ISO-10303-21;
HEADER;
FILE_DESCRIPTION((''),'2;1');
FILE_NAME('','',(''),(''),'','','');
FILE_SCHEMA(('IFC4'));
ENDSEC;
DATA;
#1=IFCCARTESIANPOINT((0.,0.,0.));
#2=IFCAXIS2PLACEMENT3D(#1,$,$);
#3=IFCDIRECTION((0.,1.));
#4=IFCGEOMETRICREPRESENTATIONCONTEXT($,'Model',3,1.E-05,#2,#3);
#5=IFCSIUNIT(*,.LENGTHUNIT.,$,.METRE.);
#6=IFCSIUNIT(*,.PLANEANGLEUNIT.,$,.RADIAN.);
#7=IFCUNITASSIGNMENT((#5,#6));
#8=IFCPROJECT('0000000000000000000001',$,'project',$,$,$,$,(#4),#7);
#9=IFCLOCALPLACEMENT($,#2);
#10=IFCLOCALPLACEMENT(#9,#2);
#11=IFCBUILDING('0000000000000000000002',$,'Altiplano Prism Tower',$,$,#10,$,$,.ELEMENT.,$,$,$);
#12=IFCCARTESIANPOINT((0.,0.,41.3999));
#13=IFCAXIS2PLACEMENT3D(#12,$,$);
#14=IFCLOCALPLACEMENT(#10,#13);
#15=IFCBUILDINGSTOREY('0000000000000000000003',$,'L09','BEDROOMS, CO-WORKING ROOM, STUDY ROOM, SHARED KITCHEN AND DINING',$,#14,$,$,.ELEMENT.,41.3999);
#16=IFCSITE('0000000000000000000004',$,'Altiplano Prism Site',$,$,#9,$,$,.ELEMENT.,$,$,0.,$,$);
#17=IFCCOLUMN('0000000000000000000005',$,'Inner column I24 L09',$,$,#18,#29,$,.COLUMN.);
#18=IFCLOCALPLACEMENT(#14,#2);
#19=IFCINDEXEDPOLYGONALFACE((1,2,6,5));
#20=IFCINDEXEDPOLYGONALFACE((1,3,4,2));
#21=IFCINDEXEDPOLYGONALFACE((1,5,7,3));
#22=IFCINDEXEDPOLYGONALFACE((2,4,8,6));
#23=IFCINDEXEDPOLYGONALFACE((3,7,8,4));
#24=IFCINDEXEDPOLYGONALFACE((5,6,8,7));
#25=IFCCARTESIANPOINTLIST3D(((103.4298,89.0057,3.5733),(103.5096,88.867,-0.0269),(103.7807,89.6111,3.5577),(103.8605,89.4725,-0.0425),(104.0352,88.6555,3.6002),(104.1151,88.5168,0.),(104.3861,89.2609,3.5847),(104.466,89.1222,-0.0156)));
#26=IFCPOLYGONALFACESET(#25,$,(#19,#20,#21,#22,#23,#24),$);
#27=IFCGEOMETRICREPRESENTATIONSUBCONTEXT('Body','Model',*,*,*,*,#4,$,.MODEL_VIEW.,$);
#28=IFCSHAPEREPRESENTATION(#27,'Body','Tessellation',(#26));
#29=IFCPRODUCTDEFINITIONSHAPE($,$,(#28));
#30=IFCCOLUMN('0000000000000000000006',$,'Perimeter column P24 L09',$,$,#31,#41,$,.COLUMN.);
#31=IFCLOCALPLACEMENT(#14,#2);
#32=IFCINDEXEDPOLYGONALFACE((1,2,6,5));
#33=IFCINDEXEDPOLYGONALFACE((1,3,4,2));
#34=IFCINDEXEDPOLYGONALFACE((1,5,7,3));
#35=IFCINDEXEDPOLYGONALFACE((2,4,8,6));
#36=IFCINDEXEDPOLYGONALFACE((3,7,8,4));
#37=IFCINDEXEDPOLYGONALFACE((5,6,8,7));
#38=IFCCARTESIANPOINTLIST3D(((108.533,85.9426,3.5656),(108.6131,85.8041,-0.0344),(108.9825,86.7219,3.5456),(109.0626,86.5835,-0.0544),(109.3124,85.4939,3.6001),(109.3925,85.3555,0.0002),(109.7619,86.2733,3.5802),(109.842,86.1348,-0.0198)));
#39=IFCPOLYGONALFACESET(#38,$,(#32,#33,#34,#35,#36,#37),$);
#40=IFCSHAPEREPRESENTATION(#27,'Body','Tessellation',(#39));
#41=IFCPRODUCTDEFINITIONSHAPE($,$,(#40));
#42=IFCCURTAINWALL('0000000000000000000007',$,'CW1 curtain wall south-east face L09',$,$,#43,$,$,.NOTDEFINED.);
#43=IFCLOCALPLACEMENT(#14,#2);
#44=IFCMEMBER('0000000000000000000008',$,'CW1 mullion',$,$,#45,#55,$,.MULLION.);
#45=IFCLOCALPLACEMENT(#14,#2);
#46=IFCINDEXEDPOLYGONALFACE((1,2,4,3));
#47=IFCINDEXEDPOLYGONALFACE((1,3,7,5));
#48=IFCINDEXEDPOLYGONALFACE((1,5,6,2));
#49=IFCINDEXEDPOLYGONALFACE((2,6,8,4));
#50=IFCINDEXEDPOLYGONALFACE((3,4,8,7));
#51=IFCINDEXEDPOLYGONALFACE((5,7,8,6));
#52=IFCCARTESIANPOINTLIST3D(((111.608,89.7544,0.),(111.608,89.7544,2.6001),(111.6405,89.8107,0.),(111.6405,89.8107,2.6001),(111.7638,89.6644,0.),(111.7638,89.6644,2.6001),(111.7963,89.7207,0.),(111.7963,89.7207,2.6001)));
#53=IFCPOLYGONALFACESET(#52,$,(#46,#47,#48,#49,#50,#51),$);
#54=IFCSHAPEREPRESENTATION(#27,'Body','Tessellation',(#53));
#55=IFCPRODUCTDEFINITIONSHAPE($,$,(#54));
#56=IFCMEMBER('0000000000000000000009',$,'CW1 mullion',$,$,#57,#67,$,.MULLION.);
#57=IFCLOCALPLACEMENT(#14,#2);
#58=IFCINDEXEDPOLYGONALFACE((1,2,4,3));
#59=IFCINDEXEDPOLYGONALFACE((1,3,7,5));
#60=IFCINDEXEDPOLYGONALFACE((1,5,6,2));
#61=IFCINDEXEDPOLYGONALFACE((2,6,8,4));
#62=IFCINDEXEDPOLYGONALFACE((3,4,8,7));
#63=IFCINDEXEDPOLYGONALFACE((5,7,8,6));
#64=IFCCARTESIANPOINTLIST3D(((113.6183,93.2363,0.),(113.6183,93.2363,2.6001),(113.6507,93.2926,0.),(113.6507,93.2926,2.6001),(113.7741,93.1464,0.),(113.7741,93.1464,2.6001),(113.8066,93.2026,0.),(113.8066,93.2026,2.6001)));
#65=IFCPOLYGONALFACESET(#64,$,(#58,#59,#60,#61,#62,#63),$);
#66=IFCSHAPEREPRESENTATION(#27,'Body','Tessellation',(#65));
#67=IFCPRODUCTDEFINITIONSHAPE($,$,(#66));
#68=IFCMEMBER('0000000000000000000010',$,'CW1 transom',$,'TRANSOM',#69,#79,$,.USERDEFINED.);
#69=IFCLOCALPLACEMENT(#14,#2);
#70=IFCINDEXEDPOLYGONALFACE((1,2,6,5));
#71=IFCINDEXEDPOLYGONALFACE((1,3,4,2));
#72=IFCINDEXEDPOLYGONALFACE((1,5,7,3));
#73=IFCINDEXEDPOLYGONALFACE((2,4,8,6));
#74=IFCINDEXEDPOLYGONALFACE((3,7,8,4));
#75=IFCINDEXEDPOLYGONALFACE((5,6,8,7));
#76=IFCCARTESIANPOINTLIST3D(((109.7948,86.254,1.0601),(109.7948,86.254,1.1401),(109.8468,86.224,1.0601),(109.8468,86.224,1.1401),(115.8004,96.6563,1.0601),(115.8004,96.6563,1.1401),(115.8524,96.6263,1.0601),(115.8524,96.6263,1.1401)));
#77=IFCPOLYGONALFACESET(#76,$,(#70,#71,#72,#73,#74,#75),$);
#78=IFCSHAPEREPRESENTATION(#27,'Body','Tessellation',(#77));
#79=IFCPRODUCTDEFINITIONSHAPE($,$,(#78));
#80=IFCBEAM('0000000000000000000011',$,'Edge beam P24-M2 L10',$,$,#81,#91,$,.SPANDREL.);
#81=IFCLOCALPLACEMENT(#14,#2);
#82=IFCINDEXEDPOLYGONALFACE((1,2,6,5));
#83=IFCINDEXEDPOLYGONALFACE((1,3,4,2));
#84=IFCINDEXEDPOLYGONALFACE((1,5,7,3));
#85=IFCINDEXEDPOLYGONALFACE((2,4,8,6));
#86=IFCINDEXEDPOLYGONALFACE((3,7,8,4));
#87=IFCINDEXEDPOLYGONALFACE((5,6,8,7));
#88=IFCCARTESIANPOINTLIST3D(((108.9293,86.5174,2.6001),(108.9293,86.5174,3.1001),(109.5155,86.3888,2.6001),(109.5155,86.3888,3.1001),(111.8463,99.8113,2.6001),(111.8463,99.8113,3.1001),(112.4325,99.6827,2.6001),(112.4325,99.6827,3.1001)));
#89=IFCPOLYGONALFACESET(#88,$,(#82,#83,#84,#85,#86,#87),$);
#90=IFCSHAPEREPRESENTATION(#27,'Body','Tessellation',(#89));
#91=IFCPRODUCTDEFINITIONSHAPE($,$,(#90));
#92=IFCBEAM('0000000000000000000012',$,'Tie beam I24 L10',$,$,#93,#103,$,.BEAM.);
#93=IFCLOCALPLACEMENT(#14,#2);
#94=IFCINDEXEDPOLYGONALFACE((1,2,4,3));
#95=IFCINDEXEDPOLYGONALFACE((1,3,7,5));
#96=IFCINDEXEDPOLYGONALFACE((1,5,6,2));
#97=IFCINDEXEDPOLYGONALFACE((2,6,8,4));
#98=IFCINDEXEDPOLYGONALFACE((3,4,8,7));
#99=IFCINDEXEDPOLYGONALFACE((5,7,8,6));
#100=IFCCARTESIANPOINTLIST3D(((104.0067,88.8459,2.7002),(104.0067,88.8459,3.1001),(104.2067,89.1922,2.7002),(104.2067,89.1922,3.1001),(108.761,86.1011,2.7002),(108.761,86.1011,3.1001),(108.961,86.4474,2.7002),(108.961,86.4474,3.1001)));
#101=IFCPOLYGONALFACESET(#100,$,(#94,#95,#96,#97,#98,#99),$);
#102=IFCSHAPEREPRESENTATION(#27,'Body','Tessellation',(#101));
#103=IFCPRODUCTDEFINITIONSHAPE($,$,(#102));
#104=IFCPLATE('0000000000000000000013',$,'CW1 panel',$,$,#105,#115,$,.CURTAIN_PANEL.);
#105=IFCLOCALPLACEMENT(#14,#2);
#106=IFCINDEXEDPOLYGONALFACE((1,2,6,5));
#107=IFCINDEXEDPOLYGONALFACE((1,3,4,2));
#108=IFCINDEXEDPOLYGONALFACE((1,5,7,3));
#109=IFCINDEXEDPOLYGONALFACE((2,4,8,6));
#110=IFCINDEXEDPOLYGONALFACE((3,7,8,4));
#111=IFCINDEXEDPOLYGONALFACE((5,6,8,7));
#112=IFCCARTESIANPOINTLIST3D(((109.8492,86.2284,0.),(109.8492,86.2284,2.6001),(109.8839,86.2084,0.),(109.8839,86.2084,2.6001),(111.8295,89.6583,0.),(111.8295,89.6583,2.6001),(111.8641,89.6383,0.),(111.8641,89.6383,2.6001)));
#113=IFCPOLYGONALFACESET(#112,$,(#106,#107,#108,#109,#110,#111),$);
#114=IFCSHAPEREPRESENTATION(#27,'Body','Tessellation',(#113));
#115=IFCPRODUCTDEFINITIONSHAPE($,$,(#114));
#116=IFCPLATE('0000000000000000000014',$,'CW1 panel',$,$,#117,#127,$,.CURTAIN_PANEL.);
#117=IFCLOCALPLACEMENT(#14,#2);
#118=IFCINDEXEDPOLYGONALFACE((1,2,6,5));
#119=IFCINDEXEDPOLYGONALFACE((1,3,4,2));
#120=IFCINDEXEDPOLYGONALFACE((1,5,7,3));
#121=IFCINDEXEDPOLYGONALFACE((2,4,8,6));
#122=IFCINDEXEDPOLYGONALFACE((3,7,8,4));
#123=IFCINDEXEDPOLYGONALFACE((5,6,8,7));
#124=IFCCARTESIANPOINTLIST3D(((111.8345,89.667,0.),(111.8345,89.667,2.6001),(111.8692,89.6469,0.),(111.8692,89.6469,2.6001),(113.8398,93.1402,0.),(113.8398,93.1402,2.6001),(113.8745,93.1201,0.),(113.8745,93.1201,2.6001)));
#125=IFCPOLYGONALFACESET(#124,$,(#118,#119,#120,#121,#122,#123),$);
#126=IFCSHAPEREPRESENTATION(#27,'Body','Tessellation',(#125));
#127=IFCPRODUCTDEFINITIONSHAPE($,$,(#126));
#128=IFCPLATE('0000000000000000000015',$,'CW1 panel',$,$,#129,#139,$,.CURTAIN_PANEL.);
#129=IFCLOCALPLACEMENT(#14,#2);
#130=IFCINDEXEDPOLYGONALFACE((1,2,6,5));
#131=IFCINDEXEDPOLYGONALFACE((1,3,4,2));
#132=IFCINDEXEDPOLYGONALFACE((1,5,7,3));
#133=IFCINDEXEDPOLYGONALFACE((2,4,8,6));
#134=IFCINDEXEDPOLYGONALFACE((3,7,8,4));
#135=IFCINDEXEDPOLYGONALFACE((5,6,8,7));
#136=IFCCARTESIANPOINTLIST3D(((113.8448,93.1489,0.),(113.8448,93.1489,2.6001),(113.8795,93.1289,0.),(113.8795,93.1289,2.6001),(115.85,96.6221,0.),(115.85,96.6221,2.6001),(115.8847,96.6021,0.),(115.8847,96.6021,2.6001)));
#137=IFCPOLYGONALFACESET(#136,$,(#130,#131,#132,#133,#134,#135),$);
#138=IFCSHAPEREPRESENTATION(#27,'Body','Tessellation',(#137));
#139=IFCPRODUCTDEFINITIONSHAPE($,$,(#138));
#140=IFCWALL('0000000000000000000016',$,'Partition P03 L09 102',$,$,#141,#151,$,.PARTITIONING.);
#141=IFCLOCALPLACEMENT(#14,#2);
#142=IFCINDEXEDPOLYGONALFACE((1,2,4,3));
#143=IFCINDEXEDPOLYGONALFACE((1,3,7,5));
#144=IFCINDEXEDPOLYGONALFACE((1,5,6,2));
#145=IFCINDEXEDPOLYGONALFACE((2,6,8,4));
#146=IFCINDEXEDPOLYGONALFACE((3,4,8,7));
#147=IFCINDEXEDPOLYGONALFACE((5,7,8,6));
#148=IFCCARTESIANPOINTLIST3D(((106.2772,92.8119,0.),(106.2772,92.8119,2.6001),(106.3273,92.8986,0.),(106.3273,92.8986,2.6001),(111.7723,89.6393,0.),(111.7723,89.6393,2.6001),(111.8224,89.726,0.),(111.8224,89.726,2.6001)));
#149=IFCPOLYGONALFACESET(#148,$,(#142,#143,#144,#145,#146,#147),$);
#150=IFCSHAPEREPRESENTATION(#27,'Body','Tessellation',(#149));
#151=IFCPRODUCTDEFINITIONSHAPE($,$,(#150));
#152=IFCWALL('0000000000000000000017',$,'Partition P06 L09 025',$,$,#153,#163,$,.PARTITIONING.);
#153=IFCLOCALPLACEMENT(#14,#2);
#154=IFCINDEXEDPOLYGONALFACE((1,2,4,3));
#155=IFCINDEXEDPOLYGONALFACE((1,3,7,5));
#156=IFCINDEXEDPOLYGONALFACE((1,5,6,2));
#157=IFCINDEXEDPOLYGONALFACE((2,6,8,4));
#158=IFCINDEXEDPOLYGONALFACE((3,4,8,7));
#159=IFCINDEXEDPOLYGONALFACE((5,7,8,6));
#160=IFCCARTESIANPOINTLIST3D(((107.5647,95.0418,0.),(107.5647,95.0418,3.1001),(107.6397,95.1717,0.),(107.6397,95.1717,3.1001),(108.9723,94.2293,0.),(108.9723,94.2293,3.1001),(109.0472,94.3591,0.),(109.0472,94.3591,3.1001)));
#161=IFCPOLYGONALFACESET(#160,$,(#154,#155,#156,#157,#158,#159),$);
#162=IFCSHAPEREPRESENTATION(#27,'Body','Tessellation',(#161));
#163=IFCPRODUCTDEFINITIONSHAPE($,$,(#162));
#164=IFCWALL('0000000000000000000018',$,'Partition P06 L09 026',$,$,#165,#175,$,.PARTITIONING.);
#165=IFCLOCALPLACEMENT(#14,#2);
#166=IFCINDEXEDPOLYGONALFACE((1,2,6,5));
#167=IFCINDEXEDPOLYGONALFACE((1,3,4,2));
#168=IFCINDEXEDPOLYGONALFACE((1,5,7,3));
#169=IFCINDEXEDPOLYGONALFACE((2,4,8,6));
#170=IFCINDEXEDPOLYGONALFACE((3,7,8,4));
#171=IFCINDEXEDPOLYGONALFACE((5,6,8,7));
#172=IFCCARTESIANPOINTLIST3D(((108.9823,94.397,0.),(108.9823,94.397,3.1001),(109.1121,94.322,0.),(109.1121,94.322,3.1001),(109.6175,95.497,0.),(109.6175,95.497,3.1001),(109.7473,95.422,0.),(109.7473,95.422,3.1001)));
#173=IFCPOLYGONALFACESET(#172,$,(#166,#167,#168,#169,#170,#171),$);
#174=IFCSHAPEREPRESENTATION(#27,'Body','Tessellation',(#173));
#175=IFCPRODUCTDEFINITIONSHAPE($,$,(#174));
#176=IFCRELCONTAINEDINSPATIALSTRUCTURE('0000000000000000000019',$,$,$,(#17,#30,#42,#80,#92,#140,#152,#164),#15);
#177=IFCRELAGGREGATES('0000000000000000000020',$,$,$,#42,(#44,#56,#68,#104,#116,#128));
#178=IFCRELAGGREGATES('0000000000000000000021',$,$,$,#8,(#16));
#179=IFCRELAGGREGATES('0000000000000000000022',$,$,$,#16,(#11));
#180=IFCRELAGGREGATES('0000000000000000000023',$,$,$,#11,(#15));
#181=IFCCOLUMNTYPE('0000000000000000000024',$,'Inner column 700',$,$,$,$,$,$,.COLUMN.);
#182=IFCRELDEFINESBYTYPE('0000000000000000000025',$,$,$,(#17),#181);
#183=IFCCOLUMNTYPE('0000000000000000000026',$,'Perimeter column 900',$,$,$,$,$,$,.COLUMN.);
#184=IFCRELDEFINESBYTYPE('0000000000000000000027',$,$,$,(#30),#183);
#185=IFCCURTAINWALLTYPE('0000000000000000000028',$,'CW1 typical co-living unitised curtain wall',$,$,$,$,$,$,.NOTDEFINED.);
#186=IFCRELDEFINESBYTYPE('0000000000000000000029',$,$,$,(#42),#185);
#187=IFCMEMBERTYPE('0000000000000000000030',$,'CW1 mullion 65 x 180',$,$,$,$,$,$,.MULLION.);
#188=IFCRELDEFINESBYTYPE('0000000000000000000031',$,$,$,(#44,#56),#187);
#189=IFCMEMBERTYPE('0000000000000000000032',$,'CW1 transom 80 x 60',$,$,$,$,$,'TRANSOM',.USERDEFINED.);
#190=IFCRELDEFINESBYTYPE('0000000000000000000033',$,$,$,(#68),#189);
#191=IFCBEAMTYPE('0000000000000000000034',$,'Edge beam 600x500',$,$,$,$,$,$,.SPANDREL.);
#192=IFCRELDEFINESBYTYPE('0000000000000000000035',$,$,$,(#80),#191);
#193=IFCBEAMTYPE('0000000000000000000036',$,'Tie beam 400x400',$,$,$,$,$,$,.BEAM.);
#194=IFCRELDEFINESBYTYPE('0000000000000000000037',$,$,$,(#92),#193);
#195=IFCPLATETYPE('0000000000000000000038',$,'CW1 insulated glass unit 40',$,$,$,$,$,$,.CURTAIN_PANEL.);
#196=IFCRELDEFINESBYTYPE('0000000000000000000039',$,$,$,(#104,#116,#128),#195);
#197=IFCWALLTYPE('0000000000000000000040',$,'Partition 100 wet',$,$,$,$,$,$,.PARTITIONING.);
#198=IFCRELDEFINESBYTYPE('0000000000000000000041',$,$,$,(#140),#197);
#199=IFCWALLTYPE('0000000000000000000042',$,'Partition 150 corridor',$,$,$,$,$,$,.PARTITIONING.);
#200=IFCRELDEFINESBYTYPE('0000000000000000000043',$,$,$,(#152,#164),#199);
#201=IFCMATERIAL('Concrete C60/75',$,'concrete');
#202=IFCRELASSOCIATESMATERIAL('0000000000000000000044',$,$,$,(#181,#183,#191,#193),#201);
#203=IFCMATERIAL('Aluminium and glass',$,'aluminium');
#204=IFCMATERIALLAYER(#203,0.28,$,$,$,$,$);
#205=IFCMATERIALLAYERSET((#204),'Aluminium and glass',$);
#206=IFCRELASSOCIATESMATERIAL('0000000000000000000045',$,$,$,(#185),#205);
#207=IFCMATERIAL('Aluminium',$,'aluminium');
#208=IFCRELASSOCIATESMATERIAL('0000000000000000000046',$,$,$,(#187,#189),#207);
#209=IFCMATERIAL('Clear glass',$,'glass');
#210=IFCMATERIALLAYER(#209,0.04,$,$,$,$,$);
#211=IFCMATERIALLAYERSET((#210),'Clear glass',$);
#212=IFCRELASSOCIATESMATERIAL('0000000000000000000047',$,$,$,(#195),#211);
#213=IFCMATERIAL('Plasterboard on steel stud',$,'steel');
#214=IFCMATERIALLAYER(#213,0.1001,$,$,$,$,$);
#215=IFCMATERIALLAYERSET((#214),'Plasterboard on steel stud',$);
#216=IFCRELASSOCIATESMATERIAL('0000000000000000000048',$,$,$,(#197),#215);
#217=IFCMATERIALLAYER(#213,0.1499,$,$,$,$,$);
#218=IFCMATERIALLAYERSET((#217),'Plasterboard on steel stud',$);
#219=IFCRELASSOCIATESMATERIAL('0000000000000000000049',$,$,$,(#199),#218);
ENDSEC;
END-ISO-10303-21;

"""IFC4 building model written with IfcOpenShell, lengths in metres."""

from ifc_helpers import new_model, si_unit, direction, frame, frame_2d, origin, origin_2d, place, context, subcontext, project, spatial, rectangle, extrude, material, layer, layer_set, material_profile, profile_set, type_object, element, aggregate, save


model = new_model("IFC4")

# Units and contexts
model_context = context("Model", 3, precision=1e-05, world=origin(), true_north=direction((0.0, 1.0)))
body_context = subcontext(model_context, "Body", "Model", "MODEL_VIEW")
ifc_project = project(units=[si_unit("LENGTHUNIT", "METRE"), si_unit("PLANEANGLEUNIT", "RADIAN")], contexts=[model_context])

# Site, building, storey
site_placement = place(None, origin())
site = spatial("IfcSite", under=ifc_project, at=site_placement, Name="Altiplano Prism Site", CompositionType="ELEMENT", RefElevation=0.0)
building_placement = place(site_placement, origin())
building = spatial("IfcBuilding", under=site, at=building_placement, Name="Altiplano Prism Tower", CompositionType="ELEMENT")
storey_placement = place(building_placement, frame((0.0, 0.0, 41.3999)))
storey = spatial("IfcBuildingStorey", under=building, at=storey_placement, Name="L09", Description="BEDROOMS, CO-WORKING ROOM, STUDY ROOM, SHARED KITCHEN AND DINING", CompositionType="ELEMENT", Elevation=41.3999)

# Columns
ifc_material_1 = material(Name="Concrete C60/75", Category="concrete")
ifc_material_profile_1 = material_profile(ifc_material_1, rectangle(XDim=0.7, YDim=0.7, at=origin_2d()), Name="Inner column 700")
ifc_profile_set_1 = profile_set([ifc_material_profile_1], Name="Concrete C60/75")
column_type_1 = type_object("IfcColumnType", Name="Inner column 700", PredefinedType="COLUMN", material=ifc_profile_set_1)
column_1_placement = place(storey_placement, frame((103.9878, 88.9946, -0.0212), z_axis=(-0.022154, 0.038481, 0.999014), x_axis=(-0.501313, -0.864981, 0.022201)))
element("IfcColumn", 1, at=column_1_placement, inside=storey, type_object=column_type_1, Name="Inner column I24 L09", PredefinedType="COLUMN", context=body_context, shape_type="SweptSolid", body=[
    extrude(rectangle(XDim=0.7, YDim=0.7, at=origin_2d()), origin(), (0.0, 0.0, 1.0), 3.6038),
])
ifc_material_profile_2 = material_profile(ifc_material_1, rectangle(XDim=0.8999, YDim=0.8999, at=origin_2d()), Name="Perimeter column 900")
ifc_profile_set_2 = profile_set([ifc_material_profile_2], Name="Concrete C60/75")
column_type_2 = type_object("IfcColumnType", Name="Perimeter column 900", PredefinedType="COLUMN", material=ifc_profile_set_2)
column_2_placement = place(storey_placement, frame((109.2275, 85.9695, -0.0271), z_axis=(-0.022223, 0.038416, 0.999015), x_axis=(-0.499508, -0.866025, 0.02219)))
element("IfcColumn", 2, at=column_2_placement, inside=storey, type_object=column_type_2, Name="Perimeter column P24 L09", PredefinedType="COLUMN", context=body_context, shape_type="SweptSolid", body=[
    extrude(rectangle(XDim=0.8999, YDim=0.8999, at=origin_2d()), origin(), (0.0, 0.0, 1.0), 3.6035),
])

# Curtain wall, members
ifc_material_2 = material(Name="Aluminium and glass", Category="aluminium")
ifc_layer_1 = layer(ifc_material_2, 0.28)
ifc_layer_set_1 = layer_set([ifc_layer_1], Name="Aluminium and glass")
curtain_wall_type = type_object("IfcCurtainWallType", Name="CW1 typical co-living unitised curtain wall", PredefinedType="NOTDEFINED", material=ifc_layer_set_1)
curtain_wall_placement = place(storey_placement, origin())
curtain_wall = element("IfcCurtainWall", 3, at=curtain_wall_placement, inside=storey, type_object=curtain_wall_type, Name="CW1 curtain wall south-east face L09", PredefinedType="NOTDEFINED")
ifc_material_3 = material(Name="Aluminium", Category="aluminium")
ifc_material_profile_3 = material_profile(ifc_material_3, rectangle(XDim=0.1799, YDim=0.0649, at=origin_2d()), Name="CW1 mullion 65 x 180")
ifc_profile_set_3 = profile_set([ifc_material_profile_3], Name="Aluminium")
member_type_1 = type_object("IfcMemberType", Name="CW1 mullion 65 x 180", PredefinedType="MULLION", material=ifc_profile_set_3)
member_1_placement = place(storey_placement, frame((111.7021, 89.7375, 0.0), z_axis=(0.0, 0.0, 1.0), x_axis=(-0.866025, 0.5, 0.0)))
member_1 = element("IfcMember", 4, at=member_1_placement, type_object=member_type_1, Name="CW1 mullion", PredefinedType="MULLION", context=body_context, shape_type="SweptSolid", body=[
    extrude(rectangle(XDim=0.1799, YDim=0.0649, at=origin_2d()), origin(), (0.0, 0.0, 1.0), 2.6001),
])
member_2_placement = place(storey_placement, frame((113.7124, 93.2195, 0.0), z_axis=(0.0, 0.0, 1.0), x_axis=(-0.866025, 0.5, 0.0)))
member_2 = element("IfcMember", 5, at=member_2_placement, type_object=member_type_1, Name="CW1 mullion", PredefinedType="MULLION", context=body_context, shape_type="SweptSolid", body=[
    extrude(rectangle(XDim=0.1799, YDim=0.0649, at=origin_2d()), origin(), (0.0, 0.0, 1.0), 2.6001),
])
ifc_material_profile_4 = material_profile(ifc_material_3, rectangle(XDim=0.0601, YDim=0.0801, at=origin_2d()), Name="CW1 transom 80 x 60")
ifc_profile_set_4 = profile_set([ifc_material_profile_4], Name="Aluminium")
member_type_2 = type_object("IfcMemberType", Name="CW1 transom 80 x 60", ElementType="TRANSOM", PredefinedType="USERDEFINED", material=ifc_profile_set_4)
member_3_placement = place(storey_placement, frame((109.8208, 86.239, 1.1001), z_axis=(0.499989, 0.866032, 0.0), x_axis=(-0.866032, 0.499989, 0.0)))
member_3 = element("IfcMember", 6, at=member_3_placement, type_object=member_type_2, Name="CW1 transom", ObjectType="TRANSOM", PredefinedType="USERDEFINED", context=body_context, shape_type="SweptSolid", body=[
    extrude(rectangle(XDim=0.0601, YDim=0.0801, at=origin_2d()), origin(), (0.0, 0.0, 1.0), 12.0115),
])

# Beams
ifc_material_profile_5 = material_profile(ifc_material_1, rectangle(XDim=0.6001, YDim=0.5, at=origin_2d()), Name="Edge beam 600x500")
ifc_profile_set_5 = profile_set([ifc_material_profile_5], Name="Concrete C60/75")
beam_type_1 = type_object("IfcBeamType", Name="Edge beam 600x500", PredefinedType="SPANDREL", material=ifc_profile_set_5)
beam_1_placement = place(storey_placement, frame((109.2224, 86.4531, 2.8501), z_axis=(0.214324, 0.976763, 0.0), x_axis=(-0.976763, 0.214324, 0.0)))
element("IfcBeam", 7, at=beam_1_placement, inside=storey, type_object=beam_type_1, Name="Edge beam P24-M2 L10", PredefinedType="SPANDREL", context=body_context, shape_type="SweptSolid", body=[
    extrude(rectangle(XDim=0.6001, YDim=0.5, at=origin_2d()), origin(), (0.0, 0.0, 1.0), 13.6101),
])
ifc_material_profile_6 = material_profile(ifc_material_1, rectangle(XDim=0.3999, YDim=0.3999, at=origin_2d()), Name="Tie beam 400x400")
ifc_profile_set_6 = profile_set([ifc_material_profile_6], Name="Concrete C60/75")
beam_type_2 = type_object("IfcBeamType", Name="Tie beam 400x400", PredefinedType="BEAM", material=ifc_profile_set_6)
beam_2_placement = place(storey_placement, frame((104.1067, 89.019, 2.9001), z_axis=(0.866032, -0.499989, 0.0), x_axis=(0.499989, 0.866032, 0.0)))
element("IfcBeam", 8, at=beam_2_placement, inside=storey, type_object=beam_type_2, Name="Tie beam I24 L10", PredefinedType="BEAM", context=body_context, shape_type="SweptSolid", body=[
    extrude(rectangle(XDim=0.3999, YDim=0.3999, at=origin_2d()), origin(), (0.0, 0.0, 1.0), 5.4897),
])

# Plates
ifc_material_4 = material(Name="Clear glass", Category="glass")
ifc_layer_2 = layer(ifc_material_4, 0.04)
ifc_layer_set_2 = layer_set([ifc_layer_2], Name="Clear glass")
plate_type = type_object("IfcPlateType", Name="CW1 insulated glass unit 40", PredefinedType="CURTAIN_PANEL", material=ifc_layer_set_2)
plate_1_placement = place(storey_placement, frame((110.8567, 87.9333, 0.0), z_axis=(0.0, 0.0, 1.0), x_axis=(0.5, 0.866025, 0.0)))
plate_1 = element("IfcPlate", 9, at=plate_1_placement, type_object=plate_type, Name="CW1 panel", PredefinedType="CURTAIN_PANEL", context=body_context, shape_type="SweptSolid", body=[
    extrude(rectangle(XDim=3.9604, YDim=0.04, at=origin_2d()), origin(), (0.0, 0.0, 1.0), 2.6001),
])
plate_2_placement = place(storey_placement, frame((112.8545, 91.3936, 0.0), z_axis=(0.0, 0.0, 1.0), x_axis=(0.5, 0.866025, 0.0)))
plate_2 = element("IfcPlate", 10, at=plate_2_placement, type_object=plate_type, Name="CW1 panel", PredefinedType="CURTAIN_PANEL", context=body_context, shape_type="SweptSolid", body=[
    extrude(rectangle(XDim=4.0105, YDim=0.04, at=origin_2d()), origin(), (0.0, 0.0, 1.0), 2.6001),
])
plate_3_placement = place(storey_placement, frame((114.8647, 94.8755, 0.0), z_axis=(0.0, 0.0, 1.0), x_axis=(0.5, 0.866025, 0.0)))
plate_3 = element("IfcPlate", 11, at=plate_3_placement, type_object=plate_type, Name="CW1 panel", PredefinedType="CURTAIN_PANEL", context=body_context, shape_type="SweptSolid", body=[
    extrude(rectangle(XDim=4.0105, YDim=0.04, at=origin_2d()), origin(), (0.0, 0.0, 1.0), 2.6001),
])
aggregate(curtain_wall, [member_1, member_2, member_3, plate_1, plate_2, plate_3])

# Walls
ifc_material_5 = material(Name="Plasterboard on steel stud", Category="steel")
ifc_layer_3 = layer(ifc_material_5, 0.1001)
ifc_layer_set_3 = layer_set([ifc_layer_3], Name="Plasterboard on steel stud")
wall_type_1 = type_object("IfcWallType", Name="Partition 100 wet", PredefinedType="PARTITIONING", material=ifc_layer_set_3)
wall_1_placement = place(storey_placement, frame((111.7974, 89.6826, 0.0), z_axis=(0.0, 0.0, 1.0), x_axis=(-0.866025, 0.5, 0.0)))
element("IfcWall", 12, at=wall_1_placement, inside=storey, type_object=wall_type_1, Name="Partition P03 L09 102", PredefinedType="PARTITIONING", context=body_context, shape_type="SweptSolid", body=[
    extrude(rectangle(XDim=6.3452, YDim=0.1001, at=frame_2d((3.1726, 0.0))), origin(), (0.0, 0.0, 1.0), 2.6001),
])
ifc_layer_4 = layer(ifc_material_5, 0.1499)
ifc_layer_set_4 = layer_set([ifc_layer_4], Name="Plasterboard on steel stud")
wall_type_2 = type_object("IfcWallType", Name="Partition 150 corridor", PredefinedType="PARTITIONING", material=ifc_layer_set_4)
wall_2_placement = place(storey_placement, frame((107.6023, 95.1067, 0.0), z_axis=(0.0, 0.0, 1.0), x_axis=(0.866053, -0.499952, 0.0)))
element("IfcWall", 13, at=wall_2_placement, inside=storey, type_object=wall_type_2, Name="Partition P06 L09 025", PredefinedType="PARTITIONING", context=body_context, shape_type="SweptSolid", body=[
    extrude(rectangle(XDim=1.6252, YDim=0.1499, at=frame_2d((0.8125, 0.0))), origin(), (0.0, 0.0, 1.0), 3.1001),
])
wall_3_placement = place(storey_placement, frame((109.0471, 94.3594, 0.0), z_axis=(0.0, 0.0, 1.0), x_axis=(0.500066, 0.865987, 0.0)))
element("IfcWall", 14, at=wall_3_placement, inside=storey, type_object=wall_type_2, Name="Partition P06 L09 026", PredefinedType="PARTITIONING", context=body_context, shape_type="SweptSolid", body=[
    extrude(rectangle(XDim=1.2703, YDim=0.1499, at=frame_2d((0.6353, 0.0))), origin(), (0.0, 0.0, 1.0), 3.1001),
])

save(model, "model.ifc")
